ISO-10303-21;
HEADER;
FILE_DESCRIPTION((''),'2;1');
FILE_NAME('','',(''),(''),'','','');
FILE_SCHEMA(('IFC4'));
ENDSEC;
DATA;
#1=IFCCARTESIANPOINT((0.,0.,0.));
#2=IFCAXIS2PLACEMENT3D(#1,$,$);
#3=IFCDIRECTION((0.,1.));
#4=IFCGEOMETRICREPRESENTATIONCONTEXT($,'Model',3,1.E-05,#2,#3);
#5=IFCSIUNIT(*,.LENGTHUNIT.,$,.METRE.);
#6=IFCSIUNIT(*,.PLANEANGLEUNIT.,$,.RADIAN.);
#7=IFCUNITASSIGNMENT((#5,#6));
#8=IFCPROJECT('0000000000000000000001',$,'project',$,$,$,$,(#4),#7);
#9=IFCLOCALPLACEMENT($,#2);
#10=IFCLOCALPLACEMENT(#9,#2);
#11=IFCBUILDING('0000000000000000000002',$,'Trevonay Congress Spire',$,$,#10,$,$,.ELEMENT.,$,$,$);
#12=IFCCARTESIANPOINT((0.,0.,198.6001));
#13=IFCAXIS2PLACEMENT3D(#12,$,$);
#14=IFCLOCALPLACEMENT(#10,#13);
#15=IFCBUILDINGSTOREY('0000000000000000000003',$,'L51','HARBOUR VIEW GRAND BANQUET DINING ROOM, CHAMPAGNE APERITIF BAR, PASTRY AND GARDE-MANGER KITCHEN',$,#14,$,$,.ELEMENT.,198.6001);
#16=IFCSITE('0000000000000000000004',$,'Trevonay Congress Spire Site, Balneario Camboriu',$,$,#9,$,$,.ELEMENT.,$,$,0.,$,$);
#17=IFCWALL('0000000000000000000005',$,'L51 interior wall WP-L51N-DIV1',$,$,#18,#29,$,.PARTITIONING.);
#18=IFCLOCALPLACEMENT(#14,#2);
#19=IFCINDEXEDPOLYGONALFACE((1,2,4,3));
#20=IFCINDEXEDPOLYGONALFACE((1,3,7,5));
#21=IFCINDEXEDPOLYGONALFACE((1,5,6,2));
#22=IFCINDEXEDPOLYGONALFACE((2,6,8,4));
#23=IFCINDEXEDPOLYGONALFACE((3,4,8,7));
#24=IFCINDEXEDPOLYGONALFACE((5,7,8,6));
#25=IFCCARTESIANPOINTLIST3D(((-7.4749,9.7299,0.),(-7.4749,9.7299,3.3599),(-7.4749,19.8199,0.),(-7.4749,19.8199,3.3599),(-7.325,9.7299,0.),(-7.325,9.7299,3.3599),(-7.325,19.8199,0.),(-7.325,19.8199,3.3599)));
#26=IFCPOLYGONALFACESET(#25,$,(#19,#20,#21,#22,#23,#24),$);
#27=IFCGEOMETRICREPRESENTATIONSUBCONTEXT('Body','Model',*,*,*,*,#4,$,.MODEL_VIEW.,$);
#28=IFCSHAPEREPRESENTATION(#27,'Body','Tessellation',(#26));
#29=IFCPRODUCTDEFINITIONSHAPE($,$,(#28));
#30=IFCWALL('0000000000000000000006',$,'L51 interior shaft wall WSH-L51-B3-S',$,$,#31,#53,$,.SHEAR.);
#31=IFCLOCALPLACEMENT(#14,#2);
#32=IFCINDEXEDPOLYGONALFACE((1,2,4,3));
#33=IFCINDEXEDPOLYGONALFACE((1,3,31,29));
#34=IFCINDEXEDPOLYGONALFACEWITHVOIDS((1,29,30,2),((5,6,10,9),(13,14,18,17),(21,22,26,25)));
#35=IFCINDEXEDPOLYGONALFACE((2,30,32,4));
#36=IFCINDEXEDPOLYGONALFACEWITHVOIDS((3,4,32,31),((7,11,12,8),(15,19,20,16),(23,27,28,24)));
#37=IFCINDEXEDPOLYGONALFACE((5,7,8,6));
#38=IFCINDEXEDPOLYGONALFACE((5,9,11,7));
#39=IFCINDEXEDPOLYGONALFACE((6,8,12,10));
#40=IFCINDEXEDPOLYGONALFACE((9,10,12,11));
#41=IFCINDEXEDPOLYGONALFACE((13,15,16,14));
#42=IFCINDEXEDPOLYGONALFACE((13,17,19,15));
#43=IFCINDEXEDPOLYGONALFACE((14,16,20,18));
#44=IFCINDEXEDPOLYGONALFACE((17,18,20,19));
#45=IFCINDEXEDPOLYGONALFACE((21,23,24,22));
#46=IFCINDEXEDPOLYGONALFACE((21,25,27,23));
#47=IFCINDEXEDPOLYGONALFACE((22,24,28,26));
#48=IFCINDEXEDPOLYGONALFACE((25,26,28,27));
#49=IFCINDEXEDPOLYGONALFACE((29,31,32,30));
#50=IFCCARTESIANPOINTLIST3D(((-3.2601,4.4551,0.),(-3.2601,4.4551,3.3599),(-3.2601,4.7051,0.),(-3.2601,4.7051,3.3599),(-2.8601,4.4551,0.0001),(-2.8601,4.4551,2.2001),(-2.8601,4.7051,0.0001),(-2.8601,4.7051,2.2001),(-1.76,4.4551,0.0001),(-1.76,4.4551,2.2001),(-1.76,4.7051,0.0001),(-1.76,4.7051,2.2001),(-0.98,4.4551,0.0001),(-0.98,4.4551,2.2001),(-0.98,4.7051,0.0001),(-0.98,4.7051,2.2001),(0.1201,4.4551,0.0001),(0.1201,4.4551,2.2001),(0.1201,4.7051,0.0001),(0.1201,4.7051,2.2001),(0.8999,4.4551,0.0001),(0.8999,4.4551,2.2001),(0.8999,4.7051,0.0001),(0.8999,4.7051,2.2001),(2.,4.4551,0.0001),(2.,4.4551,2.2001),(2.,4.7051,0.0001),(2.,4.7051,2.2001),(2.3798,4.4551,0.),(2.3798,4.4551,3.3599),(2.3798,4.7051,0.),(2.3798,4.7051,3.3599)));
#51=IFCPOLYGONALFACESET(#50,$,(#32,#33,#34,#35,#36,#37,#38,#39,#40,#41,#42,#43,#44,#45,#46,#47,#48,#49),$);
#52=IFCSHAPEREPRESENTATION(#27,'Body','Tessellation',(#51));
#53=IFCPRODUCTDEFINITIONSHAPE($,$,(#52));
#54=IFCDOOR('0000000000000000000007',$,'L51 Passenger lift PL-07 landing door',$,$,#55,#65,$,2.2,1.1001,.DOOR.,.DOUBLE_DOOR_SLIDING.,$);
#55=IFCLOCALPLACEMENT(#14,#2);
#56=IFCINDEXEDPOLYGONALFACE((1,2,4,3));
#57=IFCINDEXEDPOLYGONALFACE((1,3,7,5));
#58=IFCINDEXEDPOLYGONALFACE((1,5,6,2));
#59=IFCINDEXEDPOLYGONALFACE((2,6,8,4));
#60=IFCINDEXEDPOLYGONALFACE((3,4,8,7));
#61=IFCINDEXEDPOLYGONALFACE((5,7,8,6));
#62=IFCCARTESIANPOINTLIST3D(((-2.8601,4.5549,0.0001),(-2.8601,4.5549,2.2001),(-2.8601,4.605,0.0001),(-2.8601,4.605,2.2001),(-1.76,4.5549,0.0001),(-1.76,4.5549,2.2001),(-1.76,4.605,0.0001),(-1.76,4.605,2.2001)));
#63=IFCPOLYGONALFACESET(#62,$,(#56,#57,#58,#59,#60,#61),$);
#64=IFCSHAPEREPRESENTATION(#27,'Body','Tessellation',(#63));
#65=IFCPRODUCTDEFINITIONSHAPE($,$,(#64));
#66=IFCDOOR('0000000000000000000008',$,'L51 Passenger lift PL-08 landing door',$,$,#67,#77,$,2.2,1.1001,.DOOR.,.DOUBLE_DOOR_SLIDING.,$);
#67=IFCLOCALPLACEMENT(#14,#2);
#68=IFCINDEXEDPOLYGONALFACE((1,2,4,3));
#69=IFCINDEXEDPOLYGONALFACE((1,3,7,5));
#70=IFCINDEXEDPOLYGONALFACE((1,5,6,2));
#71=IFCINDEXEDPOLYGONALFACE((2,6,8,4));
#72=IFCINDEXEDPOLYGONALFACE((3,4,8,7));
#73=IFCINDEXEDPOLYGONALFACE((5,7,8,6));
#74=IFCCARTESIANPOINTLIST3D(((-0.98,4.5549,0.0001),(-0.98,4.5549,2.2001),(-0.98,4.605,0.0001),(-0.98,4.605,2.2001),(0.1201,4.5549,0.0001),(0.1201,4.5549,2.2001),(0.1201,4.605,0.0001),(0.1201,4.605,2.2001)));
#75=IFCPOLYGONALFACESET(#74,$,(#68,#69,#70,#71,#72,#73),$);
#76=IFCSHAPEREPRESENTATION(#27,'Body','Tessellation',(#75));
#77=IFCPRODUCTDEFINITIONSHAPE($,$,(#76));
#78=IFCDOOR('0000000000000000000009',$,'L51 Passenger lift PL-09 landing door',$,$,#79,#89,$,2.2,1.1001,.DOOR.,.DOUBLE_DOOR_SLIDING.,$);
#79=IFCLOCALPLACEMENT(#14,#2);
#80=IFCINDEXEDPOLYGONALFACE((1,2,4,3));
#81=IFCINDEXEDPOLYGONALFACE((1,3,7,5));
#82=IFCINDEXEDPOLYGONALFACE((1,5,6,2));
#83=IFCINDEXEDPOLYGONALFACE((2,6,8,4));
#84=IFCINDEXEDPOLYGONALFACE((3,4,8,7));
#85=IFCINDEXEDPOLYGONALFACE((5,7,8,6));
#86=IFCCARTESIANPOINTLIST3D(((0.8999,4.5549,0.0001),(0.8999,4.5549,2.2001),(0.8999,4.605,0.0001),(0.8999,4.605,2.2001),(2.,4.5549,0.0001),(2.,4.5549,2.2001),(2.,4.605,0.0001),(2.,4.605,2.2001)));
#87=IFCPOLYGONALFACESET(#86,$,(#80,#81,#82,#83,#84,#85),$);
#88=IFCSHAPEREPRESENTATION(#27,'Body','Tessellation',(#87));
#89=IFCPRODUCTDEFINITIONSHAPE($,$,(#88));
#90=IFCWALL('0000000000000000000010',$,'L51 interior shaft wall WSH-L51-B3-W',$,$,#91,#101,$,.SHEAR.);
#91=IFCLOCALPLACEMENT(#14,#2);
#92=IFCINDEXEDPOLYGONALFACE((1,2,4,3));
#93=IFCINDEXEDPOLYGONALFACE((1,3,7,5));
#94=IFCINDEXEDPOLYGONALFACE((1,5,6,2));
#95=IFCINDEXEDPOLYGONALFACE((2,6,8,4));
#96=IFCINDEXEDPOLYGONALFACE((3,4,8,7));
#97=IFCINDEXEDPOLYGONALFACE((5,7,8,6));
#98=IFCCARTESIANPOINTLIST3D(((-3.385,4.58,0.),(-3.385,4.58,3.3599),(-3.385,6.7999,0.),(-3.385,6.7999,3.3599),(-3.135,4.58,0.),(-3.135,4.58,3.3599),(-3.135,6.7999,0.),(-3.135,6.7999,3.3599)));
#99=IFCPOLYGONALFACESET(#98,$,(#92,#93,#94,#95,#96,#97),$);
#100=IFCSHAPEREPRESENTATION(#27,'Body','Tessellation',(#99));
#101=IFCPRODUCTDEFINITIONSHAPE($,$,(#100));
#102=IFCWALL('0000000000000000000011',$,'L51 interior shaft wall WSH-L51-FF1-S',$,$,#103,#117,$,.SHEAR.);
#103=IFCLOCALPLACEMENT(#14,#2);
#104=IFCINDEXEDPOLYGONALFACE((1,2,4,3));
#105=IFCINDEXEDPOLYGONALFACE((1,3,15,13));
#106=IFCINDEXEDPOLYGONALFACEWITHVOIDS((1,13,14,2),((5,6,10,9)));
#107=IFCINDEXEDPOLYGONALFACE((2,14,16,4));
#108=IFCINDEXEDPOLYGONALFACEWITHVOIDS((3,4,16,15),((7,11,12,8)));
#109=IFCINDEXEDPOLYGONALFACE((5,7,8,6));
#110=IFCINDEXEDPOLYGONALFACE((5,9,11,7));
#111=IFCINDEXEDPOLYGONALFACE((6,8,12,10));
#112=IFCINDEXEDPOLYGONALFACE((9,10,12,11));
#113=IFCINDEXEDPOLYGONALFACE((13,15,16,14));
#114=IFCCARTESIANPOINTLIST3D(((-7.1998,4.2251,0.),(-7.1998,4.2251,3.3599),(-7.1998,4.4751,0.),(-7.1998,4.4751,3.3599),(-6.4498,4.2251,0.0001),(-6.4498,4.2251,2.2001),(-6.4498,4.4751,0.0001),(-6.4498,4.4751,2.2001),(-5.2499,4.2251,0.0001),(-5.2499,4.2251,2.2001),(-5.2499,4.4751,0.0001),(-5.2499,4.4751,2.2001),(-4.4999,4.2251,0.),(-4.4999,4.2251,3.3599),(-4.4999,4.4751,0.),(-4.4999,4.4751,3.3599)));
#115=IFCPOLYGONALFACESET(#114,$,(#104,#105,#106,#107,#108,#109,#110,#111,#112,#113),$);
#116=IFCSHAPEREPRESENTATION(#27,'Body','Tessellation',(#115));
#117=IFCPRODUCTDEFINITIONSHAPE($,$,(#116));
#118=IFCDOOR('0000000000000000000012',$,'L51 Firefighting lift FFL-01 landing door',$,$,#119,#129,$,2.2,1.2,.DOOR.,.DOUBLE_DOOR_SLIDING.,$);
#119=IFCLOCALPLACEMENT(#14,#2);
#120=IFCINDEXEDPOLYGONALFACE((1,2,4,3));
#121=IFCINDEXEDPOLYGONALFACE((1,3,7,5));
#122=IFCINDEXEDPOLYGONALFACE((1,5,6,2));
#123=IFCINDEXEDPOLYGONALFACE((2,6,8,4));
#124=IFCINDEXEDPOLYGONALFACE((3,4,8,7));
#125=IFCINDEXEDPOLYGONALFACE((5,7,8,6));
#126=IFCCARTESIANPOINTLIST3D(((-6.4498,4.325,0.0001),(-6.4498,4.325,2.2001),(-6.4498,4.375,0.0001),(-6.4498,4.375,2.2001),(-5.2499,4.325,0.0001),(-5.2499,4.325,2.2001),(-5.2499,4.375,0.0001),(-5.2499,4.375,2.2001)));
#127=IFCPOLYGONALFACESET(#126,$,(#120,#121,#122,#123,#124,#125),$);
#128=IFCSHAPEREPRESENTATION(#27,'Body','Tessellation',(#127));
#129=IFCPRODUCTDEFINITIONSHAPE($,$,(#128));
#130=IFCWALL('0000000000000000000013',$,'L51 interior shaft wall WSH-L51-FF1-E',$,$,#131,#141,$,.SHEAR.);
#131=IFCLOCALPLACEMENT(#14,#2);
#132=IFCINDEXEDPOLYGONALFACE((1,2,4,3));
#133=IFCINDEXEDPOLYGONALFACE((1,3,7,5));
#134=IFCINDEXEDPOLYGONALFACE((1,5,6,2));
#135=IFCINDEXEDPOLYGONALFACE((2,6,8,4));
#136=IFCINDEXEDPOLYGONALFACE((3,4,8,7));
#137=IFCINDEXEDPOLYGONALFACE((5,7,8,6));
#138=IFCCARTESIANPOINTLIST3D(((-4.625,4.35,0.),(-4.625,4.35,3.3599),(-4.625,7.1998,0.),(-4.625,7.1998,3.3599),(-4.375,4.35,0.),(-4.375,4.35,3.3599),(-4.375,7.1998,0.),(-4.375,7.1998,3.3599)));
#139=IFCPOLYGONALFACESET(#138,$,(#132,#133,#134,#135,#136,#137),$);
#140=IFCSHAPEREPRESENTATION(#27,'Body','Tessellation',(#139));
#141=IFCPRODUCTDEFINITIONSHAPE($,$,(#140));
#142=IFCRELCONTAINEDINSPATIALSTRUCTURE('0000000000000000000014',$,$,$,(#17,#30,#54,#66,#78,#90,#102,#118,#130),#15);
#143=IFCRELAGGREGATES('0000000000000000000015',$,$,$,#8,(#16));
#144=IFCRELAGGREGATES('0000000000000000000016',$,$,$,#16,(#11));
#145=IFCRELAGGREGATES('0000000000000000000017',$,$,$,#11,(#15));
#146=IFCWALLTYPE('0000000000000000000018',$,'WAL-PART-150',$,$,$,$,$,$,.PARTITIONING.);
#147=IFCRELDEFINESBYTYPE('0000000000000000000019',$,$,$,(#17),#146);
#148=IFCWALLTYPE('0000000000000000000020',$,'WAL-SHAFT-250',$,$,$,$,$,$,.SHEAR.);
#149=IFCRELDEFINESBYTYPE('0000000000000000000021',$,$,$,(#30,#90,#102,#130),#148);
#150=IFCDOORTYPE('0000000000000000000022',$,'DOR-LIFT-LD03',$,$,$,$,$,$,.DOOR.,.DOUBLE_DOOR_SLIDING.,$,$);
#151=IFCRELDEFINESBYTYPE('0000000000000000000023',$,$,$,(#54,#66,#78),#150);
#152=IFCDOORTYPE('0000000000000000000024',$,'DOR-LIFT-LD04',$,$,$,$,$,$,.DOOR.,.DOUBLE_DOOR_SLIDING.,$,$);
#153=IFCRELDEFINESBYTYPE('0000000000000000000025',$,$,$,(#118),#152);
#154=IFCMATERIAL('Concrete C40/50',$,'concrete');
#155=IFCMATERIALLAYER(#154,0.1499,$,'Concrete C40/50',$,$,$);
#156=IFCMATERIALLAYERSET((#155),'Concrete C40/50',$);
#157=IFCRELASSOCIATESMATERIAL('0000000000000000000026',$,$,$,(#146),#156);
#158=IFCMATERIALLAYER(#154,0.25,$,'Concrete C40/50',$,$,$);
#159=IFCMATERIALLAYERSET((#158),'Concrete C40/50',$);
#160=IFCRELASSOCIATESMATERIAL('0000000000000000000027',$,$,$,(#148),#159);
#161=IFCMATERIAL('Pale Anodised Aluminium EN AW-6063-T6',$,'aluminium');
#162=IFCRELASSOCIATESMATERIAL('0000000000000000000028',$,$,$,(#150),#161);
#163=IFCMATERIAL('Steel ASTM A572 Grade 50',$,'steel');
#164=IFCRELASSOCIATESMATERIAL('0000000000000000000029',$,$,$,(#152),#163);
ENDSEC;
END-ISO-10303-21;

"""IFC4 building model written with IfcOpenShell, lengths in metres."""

from ifc_helpers import new_model, si_unit, direction, frame, frame_2d, origin, place, context, subcontext, project, spatial, rectangle, extrude, material, layer, layer_set, type_object, element, fill, save


model = new_model("IFC4")

# Units and contexts
model_context = context("Model", 3, precision=1e-05, world=origin(), true_north=direction((0.0, 1.0)))
body_context = subcontext(model_context, "Body", "Model", "MODEL_VIEW")
ifc_project = project(units=[si_unit("LENGTHUNIT", "METRE"), si_unit("PLANEANGLEUNIT", "RADIAN")], contexts=[model_context])

# Site, building, storey
site_placement = place(None, origin())
site = spatial("IfcSite", under=ifc_project, at=site_placement, Name="Trevonay Congress Spire Site, Balneario Camboriu", CompositionType="ELEMENT", RefElevation=0.0)
building_placement = place(site_placement, origin())
building = spatial("IfcBuilding", under=site, at=building_placement, Name="Trevonay Congress Spire", CompositionType="ELEMENT")
storey_placement = place(building_placement, frame((0.0, 0.0, 198.6001)))
storey = spatial("IfcBuildingStorey", under=building, at=storey_placement, Name="L51", Description="HARBOUR VIEW GRAND BANQUET DINING ROOM, CHAMPAGNE APERITIF BAR, PASTRY AND GARDE-MANGER KITCHEN", CompositionType="ELEMENT", Elevation=198.6001)

# Shared definitions
ifc_material_1 = material(Name="Steel ASTM A572 Grade 50", Category="steel")

# Shared definitions
ifc_material_2 = material(Name="Pale Anodised Aluminium EN AW-6063-T6", Category="aluminium")

# Wall
ifc_material_3 = material(Name="Concrete C40/50", Category="concrete")
ifc_layer_1 = layer(ifc_material_3, 0.1499, Name="Concrete C40/50")
ifc_layer_set_1 = layer_set([ifc_layer_1], Name="Concrete C40/50")
wall_type_1 = type_object("IfcWallType", Name="WAL-PART-150", PredefinedType="PARTITIONING", material=ifc_layer_set_1)
wall_1_placement = place(storey_placement, frame((-7.3999, 9.73, 0.0), z_axis=(0.0, 0.0, 1.0), x_axis=(0.0, 1.0, 0.0)))
element("IfcWall", 1, at=wall_1_placement, inside=storey, type_object=wall_type_1, Name="L51 interior wall WP-L51N-DIV1", PredefinedType="PARTITIONING", context=body_context, shape_type="SweptSolid", body=[
    extrude(rectangle(XDim=10.0901, YDim=0.1499, at=frame_2d((5.0449, 0.0))), origin(), (0.0, 0.0, 1.0), 3.3599),
])

# Wall, openings, doors
ifc_layer_2 = layer(ifc_material_3, 0.25, Name="Concrete C40/50")
ifc_layer_set_2 = layer_set([ifc_layer_2], Name="Concrete C40/50")
wall_type_2 = type_object("IfcWallType", Name="WAL-SHAFT-250", PredefinedType="SHEAR", material=ifc_layer_set_2)
wall_2_placement = place(storey_placement, frame((-3.26, 4.5801, 0.0), z_axis=(0.0, 0.0, 1.0), x_axis=(1.0, 0.0, 0.0)))
wall_2 = element("IfcWall", 2, at=wall_2_placement, inside=storey, type_object=wall_type_2, Name="L51 interior shaft wall WSH-L51-B3-S", PredefinedType="SHEAR", context=body_context, shape_type="SweptSolid", body=[
    extrude(rectangle(XDim=5.6399, YDim=0.25, at=frame_2d((2.8198, 0.0))), origin(), (0.0, 0.0, 1.0), 3.3599),
])
opening_1_placement = place(wall_2_placement, frame((0.3999, 0.0, 0.0)))
opening_1 = element("IfcOpeningElement", 3, at=opening_1_placement, cuts=wall_2, PredefinedType="OPENING", context=body_context, shape_type="SweptSolid", body=[
    extrude(rectangle(XDim=1.1001, YDim=2.2, at=frame_2d((0.55, 1.1001))), frame((0.0, 0.135, 0.0), z_axis=(0.0, -1.0, 0.0), x_axis=(1.0, 0.0, 0.0)), (0.0, 0.0, 1.0), 0.27),
])
opening_2_placement = place(wall_2_placement, frame((2.28, 0.0, 0.0)))
opening_2 = element("IfcOpeningElement", 4, at=opening_2_placement, cuts=wall_2, PredefinedType="OPENING", context=body_context, shape_type="SweptSolid", body=[
    extrude(rectangle(XDim=1.1001, YDim=2.2, at=frame_2d((0.55, 1.1001))), frame((0.0, 0.135, 0.0), z_axis=(0.0, -1.0, 0.0), x_axis=(1.0, 0.0, 0.0)), (0.0, 0.0, 1.0), 0.27),
])
opening_3_placement = place(wall_2_placement, frame((4.1599, 0.0, 0.0)))
opening_3 = element("IfcOpeningElement", 5, at=opening_3_placement, cuts=wall_2, PredefinedType="OPENING", context=body_context, shape_type="SweptSolid", body=[
    extrude(rectangle(XDim=1.1001, YDim=2.2, at=frame_2d((0.55, 1.1001))), frame((0.0, 0.135, 0.0), z_axis=(0.0, -1.0, 0.0), x_axis=(1.0, 0.0, 0.0)), (0.0, 0.0, 1.0), 0.27),
])
door_type_1 = type_object("IfcDoorType", Name="DOR-LIFT-LD03", OperationType="DOUBLE_DOOR_SLIDING", PredefinedType="DOOR", material=ifc_material_2)
door_1_placement = place(opening_1_placement, origin())
door_1 = element("IfcDoor", 6, at=door_1_placement, inside=storey, type_object=door_type_1, Name="L51 Passenger lift PL-07 landing door", OperationType="DOUBLE_DOOR_SLIDING", OverallHeight=2.2, OverallWidth=1.1001, PredefinedType="DOOR", context=body_context, shape_type="SweptSolid", body=[
    extrude(rectangle(XDim=1.1001, YDim=2.2, at=frame_2d((0.55, 1.1001))), frame((0.0, 0.0249, 0.0), z_axis=(0.0, -1.0, 0.0), x_axis=(1.0, 0.0, 0.0)), (0.0, 0.0, 1.0), 0.05),
])
fill(opening_1, door_1)
door_2_placement = place(opening_2_placement, origin())
door_2 = element("IfcDoor", 7, at=door_2_placement, inside=storey, type_object=door_type_1, Name="L51 Passenger lift PL-08 landing door", OperationType="DOUBLE_DOOR_SLIDING", OverallHeight=2.2, OverallWidth=1.1001, PredefinedType="DOOR", context=body_context, shape_type="SweptSolid", body=[
    extrude(rectangle(XDim=1.1001, YDim=2.2, at=frame_2d((0.55, 1.1001))), frame((0.0, 0.0249, 0.0), z_axis=(0.0, -1.0, 0.0), x_axis=(1.0, 0.0, 0.0)), (0.0, 0.0, 1.0), 0.05),
])
fill(opening_2, door_2)
door_3_placement = place(opening_3_placement, origin())
door_3 = element("IfcDoor", 8, at=door_3_placement, inside=storey, type_object=door_type_1, Name="L51 Passenger lift PL-09 landing door", OperationType="DOUBLE_DOOR_SLIDING", OverallHeight=2.2, OverallWidth=1.1001, PredefinedType="DOOR", context=body_context, shape_type="SweptSolid", body=[
    extrude(rectangle(XDim=1.1001, YDim=2.2, at=frame_2d((0.55, 1.1001))), frame((0.0, 0.0249, 0.0), z_axis=(0.0, -1.0, 0.0), x_axis=(1.0, 0.0, 0.0)), (0.0, 0.0, 1.0), 0.05),
])
fill(opening_3, door_3)

# Wall
wall_3_placement = place(storey_placement, frame((-3.26, 4.5801, 0.0), z_axis=(0.0, 0.0, 1.0), x_axis=(0.0, 1.0, 0.0)))
element("IfcWall", 9, at=wall_3_placement, inside=storey, type_object=wall_type_2, Name="L51 interior shaft wall WSH-L51-B3-W", PredefinedType="SHEAR", context=body_context, shape_type="SweptSolid", body=[
    extrude(rectangle(XDim=2.22, YDim=0.25, at=frame_2d((1.1099, 0.0))), origin(), (0.0, 0.0, 1.0), 3.3599),
])

# Wall, opening, door
wall_4_placement = place(storey_placement, frame((-7.2, 4.3501, 0.0), z_axis=(0.0, 0.0, 1.0), x_axis=(1.0, 0.0, 0.0)))
wall_4 = element("IfcWall", 10, at=wall_4_placement, inside=storey, type_object=wall_type_2, Name="L51 interior shaft wall WSH-L51-FF1-S", PredefinedType="SHEAR", context=body_context, shape_type="SweptSolid", body=[
    extrude(rectangle(XDim=2.7, YDim=0.25, at=frame_2d((1.3501, 0.0))), origin(), (0.0, 0.0, 1.0), 3.3599),
])
opening_4_placement = place(wall_4_placement, frame((0.75, 0.0, 0.0)))
opening_4 = element("IfcOpeningElement", 11, at=opening_4_placement, cuts=wall_4, PredefinedType="OPENING", context=body_context, shape_type="SweptSolid", body=[
    extrude(rectangle(XDim=1.2, YDim=2.2, at=frame_2d((0.6001, 1.1001))), frame((0.0, 0.135, 0.0), z_axis=(0.0, -1.0, 0.0), x_axis=(1.0, 0.0, 0.0)), (0.0, 0.0, 1.0), 0.27),
])
door_type_2 = type_object("IfcDoorType", Name="DOR-LIFT-LD04", OperationType="DOUBLE_DOOR_SLIDING", PredefinedType="DOOR", material=ifc_material_1)
door_4_placement = place(opening_4_placement, origin())
door_4 = element("IfcDoor", 12, at=door_4_placement, inside=storey, type_object=door_type_2, Name="L51 Firefighting lift FFL-01 landing door", OperationType="DOUBLE_DOOR_SLIDING", OverallHeight=2.2, OverallWidth=1.2, PredefinedType="DOOR", context=body_context, shape_type="SweptSolid", body=[
    extrude(rectangle(XDim=1.2, YDim=2.2, at=frame_2d((0.6001, 1.1001))), frame((0.0, 0.0249, 0.0), z_axis=(0.0, -1.0, 0.0), x_axis=(1.0, 0.0, 0.0)), (0.0, 0.0, 1.0), 0.05),
])
fill(opening_4, door_4)

# Wall
wall_5_placement = place(storey_placement, frame((-4.5, 4.3501, 0.0), z_axis=(0.0, 0.0, 1.0), x_axis=(0.0, 1.0, 0.0)))
element("IfcWall", 13, at=wall_5_placement, inside=storey, type_object=wall_type_2, Name="L51 interior shaft wall WSH-L51-FF1-E", PredefinedType="SHEAR", context=body_context, shape_type="SweptSolid", body=[
    extrude(rectangle(XDim=2.8499, YDim=0.25, at=frame_2d((1.4248, 0.0))), origin(), (0.0, 0.0, 1.0), 3.3599),
])

save(model, "model.ifc")
